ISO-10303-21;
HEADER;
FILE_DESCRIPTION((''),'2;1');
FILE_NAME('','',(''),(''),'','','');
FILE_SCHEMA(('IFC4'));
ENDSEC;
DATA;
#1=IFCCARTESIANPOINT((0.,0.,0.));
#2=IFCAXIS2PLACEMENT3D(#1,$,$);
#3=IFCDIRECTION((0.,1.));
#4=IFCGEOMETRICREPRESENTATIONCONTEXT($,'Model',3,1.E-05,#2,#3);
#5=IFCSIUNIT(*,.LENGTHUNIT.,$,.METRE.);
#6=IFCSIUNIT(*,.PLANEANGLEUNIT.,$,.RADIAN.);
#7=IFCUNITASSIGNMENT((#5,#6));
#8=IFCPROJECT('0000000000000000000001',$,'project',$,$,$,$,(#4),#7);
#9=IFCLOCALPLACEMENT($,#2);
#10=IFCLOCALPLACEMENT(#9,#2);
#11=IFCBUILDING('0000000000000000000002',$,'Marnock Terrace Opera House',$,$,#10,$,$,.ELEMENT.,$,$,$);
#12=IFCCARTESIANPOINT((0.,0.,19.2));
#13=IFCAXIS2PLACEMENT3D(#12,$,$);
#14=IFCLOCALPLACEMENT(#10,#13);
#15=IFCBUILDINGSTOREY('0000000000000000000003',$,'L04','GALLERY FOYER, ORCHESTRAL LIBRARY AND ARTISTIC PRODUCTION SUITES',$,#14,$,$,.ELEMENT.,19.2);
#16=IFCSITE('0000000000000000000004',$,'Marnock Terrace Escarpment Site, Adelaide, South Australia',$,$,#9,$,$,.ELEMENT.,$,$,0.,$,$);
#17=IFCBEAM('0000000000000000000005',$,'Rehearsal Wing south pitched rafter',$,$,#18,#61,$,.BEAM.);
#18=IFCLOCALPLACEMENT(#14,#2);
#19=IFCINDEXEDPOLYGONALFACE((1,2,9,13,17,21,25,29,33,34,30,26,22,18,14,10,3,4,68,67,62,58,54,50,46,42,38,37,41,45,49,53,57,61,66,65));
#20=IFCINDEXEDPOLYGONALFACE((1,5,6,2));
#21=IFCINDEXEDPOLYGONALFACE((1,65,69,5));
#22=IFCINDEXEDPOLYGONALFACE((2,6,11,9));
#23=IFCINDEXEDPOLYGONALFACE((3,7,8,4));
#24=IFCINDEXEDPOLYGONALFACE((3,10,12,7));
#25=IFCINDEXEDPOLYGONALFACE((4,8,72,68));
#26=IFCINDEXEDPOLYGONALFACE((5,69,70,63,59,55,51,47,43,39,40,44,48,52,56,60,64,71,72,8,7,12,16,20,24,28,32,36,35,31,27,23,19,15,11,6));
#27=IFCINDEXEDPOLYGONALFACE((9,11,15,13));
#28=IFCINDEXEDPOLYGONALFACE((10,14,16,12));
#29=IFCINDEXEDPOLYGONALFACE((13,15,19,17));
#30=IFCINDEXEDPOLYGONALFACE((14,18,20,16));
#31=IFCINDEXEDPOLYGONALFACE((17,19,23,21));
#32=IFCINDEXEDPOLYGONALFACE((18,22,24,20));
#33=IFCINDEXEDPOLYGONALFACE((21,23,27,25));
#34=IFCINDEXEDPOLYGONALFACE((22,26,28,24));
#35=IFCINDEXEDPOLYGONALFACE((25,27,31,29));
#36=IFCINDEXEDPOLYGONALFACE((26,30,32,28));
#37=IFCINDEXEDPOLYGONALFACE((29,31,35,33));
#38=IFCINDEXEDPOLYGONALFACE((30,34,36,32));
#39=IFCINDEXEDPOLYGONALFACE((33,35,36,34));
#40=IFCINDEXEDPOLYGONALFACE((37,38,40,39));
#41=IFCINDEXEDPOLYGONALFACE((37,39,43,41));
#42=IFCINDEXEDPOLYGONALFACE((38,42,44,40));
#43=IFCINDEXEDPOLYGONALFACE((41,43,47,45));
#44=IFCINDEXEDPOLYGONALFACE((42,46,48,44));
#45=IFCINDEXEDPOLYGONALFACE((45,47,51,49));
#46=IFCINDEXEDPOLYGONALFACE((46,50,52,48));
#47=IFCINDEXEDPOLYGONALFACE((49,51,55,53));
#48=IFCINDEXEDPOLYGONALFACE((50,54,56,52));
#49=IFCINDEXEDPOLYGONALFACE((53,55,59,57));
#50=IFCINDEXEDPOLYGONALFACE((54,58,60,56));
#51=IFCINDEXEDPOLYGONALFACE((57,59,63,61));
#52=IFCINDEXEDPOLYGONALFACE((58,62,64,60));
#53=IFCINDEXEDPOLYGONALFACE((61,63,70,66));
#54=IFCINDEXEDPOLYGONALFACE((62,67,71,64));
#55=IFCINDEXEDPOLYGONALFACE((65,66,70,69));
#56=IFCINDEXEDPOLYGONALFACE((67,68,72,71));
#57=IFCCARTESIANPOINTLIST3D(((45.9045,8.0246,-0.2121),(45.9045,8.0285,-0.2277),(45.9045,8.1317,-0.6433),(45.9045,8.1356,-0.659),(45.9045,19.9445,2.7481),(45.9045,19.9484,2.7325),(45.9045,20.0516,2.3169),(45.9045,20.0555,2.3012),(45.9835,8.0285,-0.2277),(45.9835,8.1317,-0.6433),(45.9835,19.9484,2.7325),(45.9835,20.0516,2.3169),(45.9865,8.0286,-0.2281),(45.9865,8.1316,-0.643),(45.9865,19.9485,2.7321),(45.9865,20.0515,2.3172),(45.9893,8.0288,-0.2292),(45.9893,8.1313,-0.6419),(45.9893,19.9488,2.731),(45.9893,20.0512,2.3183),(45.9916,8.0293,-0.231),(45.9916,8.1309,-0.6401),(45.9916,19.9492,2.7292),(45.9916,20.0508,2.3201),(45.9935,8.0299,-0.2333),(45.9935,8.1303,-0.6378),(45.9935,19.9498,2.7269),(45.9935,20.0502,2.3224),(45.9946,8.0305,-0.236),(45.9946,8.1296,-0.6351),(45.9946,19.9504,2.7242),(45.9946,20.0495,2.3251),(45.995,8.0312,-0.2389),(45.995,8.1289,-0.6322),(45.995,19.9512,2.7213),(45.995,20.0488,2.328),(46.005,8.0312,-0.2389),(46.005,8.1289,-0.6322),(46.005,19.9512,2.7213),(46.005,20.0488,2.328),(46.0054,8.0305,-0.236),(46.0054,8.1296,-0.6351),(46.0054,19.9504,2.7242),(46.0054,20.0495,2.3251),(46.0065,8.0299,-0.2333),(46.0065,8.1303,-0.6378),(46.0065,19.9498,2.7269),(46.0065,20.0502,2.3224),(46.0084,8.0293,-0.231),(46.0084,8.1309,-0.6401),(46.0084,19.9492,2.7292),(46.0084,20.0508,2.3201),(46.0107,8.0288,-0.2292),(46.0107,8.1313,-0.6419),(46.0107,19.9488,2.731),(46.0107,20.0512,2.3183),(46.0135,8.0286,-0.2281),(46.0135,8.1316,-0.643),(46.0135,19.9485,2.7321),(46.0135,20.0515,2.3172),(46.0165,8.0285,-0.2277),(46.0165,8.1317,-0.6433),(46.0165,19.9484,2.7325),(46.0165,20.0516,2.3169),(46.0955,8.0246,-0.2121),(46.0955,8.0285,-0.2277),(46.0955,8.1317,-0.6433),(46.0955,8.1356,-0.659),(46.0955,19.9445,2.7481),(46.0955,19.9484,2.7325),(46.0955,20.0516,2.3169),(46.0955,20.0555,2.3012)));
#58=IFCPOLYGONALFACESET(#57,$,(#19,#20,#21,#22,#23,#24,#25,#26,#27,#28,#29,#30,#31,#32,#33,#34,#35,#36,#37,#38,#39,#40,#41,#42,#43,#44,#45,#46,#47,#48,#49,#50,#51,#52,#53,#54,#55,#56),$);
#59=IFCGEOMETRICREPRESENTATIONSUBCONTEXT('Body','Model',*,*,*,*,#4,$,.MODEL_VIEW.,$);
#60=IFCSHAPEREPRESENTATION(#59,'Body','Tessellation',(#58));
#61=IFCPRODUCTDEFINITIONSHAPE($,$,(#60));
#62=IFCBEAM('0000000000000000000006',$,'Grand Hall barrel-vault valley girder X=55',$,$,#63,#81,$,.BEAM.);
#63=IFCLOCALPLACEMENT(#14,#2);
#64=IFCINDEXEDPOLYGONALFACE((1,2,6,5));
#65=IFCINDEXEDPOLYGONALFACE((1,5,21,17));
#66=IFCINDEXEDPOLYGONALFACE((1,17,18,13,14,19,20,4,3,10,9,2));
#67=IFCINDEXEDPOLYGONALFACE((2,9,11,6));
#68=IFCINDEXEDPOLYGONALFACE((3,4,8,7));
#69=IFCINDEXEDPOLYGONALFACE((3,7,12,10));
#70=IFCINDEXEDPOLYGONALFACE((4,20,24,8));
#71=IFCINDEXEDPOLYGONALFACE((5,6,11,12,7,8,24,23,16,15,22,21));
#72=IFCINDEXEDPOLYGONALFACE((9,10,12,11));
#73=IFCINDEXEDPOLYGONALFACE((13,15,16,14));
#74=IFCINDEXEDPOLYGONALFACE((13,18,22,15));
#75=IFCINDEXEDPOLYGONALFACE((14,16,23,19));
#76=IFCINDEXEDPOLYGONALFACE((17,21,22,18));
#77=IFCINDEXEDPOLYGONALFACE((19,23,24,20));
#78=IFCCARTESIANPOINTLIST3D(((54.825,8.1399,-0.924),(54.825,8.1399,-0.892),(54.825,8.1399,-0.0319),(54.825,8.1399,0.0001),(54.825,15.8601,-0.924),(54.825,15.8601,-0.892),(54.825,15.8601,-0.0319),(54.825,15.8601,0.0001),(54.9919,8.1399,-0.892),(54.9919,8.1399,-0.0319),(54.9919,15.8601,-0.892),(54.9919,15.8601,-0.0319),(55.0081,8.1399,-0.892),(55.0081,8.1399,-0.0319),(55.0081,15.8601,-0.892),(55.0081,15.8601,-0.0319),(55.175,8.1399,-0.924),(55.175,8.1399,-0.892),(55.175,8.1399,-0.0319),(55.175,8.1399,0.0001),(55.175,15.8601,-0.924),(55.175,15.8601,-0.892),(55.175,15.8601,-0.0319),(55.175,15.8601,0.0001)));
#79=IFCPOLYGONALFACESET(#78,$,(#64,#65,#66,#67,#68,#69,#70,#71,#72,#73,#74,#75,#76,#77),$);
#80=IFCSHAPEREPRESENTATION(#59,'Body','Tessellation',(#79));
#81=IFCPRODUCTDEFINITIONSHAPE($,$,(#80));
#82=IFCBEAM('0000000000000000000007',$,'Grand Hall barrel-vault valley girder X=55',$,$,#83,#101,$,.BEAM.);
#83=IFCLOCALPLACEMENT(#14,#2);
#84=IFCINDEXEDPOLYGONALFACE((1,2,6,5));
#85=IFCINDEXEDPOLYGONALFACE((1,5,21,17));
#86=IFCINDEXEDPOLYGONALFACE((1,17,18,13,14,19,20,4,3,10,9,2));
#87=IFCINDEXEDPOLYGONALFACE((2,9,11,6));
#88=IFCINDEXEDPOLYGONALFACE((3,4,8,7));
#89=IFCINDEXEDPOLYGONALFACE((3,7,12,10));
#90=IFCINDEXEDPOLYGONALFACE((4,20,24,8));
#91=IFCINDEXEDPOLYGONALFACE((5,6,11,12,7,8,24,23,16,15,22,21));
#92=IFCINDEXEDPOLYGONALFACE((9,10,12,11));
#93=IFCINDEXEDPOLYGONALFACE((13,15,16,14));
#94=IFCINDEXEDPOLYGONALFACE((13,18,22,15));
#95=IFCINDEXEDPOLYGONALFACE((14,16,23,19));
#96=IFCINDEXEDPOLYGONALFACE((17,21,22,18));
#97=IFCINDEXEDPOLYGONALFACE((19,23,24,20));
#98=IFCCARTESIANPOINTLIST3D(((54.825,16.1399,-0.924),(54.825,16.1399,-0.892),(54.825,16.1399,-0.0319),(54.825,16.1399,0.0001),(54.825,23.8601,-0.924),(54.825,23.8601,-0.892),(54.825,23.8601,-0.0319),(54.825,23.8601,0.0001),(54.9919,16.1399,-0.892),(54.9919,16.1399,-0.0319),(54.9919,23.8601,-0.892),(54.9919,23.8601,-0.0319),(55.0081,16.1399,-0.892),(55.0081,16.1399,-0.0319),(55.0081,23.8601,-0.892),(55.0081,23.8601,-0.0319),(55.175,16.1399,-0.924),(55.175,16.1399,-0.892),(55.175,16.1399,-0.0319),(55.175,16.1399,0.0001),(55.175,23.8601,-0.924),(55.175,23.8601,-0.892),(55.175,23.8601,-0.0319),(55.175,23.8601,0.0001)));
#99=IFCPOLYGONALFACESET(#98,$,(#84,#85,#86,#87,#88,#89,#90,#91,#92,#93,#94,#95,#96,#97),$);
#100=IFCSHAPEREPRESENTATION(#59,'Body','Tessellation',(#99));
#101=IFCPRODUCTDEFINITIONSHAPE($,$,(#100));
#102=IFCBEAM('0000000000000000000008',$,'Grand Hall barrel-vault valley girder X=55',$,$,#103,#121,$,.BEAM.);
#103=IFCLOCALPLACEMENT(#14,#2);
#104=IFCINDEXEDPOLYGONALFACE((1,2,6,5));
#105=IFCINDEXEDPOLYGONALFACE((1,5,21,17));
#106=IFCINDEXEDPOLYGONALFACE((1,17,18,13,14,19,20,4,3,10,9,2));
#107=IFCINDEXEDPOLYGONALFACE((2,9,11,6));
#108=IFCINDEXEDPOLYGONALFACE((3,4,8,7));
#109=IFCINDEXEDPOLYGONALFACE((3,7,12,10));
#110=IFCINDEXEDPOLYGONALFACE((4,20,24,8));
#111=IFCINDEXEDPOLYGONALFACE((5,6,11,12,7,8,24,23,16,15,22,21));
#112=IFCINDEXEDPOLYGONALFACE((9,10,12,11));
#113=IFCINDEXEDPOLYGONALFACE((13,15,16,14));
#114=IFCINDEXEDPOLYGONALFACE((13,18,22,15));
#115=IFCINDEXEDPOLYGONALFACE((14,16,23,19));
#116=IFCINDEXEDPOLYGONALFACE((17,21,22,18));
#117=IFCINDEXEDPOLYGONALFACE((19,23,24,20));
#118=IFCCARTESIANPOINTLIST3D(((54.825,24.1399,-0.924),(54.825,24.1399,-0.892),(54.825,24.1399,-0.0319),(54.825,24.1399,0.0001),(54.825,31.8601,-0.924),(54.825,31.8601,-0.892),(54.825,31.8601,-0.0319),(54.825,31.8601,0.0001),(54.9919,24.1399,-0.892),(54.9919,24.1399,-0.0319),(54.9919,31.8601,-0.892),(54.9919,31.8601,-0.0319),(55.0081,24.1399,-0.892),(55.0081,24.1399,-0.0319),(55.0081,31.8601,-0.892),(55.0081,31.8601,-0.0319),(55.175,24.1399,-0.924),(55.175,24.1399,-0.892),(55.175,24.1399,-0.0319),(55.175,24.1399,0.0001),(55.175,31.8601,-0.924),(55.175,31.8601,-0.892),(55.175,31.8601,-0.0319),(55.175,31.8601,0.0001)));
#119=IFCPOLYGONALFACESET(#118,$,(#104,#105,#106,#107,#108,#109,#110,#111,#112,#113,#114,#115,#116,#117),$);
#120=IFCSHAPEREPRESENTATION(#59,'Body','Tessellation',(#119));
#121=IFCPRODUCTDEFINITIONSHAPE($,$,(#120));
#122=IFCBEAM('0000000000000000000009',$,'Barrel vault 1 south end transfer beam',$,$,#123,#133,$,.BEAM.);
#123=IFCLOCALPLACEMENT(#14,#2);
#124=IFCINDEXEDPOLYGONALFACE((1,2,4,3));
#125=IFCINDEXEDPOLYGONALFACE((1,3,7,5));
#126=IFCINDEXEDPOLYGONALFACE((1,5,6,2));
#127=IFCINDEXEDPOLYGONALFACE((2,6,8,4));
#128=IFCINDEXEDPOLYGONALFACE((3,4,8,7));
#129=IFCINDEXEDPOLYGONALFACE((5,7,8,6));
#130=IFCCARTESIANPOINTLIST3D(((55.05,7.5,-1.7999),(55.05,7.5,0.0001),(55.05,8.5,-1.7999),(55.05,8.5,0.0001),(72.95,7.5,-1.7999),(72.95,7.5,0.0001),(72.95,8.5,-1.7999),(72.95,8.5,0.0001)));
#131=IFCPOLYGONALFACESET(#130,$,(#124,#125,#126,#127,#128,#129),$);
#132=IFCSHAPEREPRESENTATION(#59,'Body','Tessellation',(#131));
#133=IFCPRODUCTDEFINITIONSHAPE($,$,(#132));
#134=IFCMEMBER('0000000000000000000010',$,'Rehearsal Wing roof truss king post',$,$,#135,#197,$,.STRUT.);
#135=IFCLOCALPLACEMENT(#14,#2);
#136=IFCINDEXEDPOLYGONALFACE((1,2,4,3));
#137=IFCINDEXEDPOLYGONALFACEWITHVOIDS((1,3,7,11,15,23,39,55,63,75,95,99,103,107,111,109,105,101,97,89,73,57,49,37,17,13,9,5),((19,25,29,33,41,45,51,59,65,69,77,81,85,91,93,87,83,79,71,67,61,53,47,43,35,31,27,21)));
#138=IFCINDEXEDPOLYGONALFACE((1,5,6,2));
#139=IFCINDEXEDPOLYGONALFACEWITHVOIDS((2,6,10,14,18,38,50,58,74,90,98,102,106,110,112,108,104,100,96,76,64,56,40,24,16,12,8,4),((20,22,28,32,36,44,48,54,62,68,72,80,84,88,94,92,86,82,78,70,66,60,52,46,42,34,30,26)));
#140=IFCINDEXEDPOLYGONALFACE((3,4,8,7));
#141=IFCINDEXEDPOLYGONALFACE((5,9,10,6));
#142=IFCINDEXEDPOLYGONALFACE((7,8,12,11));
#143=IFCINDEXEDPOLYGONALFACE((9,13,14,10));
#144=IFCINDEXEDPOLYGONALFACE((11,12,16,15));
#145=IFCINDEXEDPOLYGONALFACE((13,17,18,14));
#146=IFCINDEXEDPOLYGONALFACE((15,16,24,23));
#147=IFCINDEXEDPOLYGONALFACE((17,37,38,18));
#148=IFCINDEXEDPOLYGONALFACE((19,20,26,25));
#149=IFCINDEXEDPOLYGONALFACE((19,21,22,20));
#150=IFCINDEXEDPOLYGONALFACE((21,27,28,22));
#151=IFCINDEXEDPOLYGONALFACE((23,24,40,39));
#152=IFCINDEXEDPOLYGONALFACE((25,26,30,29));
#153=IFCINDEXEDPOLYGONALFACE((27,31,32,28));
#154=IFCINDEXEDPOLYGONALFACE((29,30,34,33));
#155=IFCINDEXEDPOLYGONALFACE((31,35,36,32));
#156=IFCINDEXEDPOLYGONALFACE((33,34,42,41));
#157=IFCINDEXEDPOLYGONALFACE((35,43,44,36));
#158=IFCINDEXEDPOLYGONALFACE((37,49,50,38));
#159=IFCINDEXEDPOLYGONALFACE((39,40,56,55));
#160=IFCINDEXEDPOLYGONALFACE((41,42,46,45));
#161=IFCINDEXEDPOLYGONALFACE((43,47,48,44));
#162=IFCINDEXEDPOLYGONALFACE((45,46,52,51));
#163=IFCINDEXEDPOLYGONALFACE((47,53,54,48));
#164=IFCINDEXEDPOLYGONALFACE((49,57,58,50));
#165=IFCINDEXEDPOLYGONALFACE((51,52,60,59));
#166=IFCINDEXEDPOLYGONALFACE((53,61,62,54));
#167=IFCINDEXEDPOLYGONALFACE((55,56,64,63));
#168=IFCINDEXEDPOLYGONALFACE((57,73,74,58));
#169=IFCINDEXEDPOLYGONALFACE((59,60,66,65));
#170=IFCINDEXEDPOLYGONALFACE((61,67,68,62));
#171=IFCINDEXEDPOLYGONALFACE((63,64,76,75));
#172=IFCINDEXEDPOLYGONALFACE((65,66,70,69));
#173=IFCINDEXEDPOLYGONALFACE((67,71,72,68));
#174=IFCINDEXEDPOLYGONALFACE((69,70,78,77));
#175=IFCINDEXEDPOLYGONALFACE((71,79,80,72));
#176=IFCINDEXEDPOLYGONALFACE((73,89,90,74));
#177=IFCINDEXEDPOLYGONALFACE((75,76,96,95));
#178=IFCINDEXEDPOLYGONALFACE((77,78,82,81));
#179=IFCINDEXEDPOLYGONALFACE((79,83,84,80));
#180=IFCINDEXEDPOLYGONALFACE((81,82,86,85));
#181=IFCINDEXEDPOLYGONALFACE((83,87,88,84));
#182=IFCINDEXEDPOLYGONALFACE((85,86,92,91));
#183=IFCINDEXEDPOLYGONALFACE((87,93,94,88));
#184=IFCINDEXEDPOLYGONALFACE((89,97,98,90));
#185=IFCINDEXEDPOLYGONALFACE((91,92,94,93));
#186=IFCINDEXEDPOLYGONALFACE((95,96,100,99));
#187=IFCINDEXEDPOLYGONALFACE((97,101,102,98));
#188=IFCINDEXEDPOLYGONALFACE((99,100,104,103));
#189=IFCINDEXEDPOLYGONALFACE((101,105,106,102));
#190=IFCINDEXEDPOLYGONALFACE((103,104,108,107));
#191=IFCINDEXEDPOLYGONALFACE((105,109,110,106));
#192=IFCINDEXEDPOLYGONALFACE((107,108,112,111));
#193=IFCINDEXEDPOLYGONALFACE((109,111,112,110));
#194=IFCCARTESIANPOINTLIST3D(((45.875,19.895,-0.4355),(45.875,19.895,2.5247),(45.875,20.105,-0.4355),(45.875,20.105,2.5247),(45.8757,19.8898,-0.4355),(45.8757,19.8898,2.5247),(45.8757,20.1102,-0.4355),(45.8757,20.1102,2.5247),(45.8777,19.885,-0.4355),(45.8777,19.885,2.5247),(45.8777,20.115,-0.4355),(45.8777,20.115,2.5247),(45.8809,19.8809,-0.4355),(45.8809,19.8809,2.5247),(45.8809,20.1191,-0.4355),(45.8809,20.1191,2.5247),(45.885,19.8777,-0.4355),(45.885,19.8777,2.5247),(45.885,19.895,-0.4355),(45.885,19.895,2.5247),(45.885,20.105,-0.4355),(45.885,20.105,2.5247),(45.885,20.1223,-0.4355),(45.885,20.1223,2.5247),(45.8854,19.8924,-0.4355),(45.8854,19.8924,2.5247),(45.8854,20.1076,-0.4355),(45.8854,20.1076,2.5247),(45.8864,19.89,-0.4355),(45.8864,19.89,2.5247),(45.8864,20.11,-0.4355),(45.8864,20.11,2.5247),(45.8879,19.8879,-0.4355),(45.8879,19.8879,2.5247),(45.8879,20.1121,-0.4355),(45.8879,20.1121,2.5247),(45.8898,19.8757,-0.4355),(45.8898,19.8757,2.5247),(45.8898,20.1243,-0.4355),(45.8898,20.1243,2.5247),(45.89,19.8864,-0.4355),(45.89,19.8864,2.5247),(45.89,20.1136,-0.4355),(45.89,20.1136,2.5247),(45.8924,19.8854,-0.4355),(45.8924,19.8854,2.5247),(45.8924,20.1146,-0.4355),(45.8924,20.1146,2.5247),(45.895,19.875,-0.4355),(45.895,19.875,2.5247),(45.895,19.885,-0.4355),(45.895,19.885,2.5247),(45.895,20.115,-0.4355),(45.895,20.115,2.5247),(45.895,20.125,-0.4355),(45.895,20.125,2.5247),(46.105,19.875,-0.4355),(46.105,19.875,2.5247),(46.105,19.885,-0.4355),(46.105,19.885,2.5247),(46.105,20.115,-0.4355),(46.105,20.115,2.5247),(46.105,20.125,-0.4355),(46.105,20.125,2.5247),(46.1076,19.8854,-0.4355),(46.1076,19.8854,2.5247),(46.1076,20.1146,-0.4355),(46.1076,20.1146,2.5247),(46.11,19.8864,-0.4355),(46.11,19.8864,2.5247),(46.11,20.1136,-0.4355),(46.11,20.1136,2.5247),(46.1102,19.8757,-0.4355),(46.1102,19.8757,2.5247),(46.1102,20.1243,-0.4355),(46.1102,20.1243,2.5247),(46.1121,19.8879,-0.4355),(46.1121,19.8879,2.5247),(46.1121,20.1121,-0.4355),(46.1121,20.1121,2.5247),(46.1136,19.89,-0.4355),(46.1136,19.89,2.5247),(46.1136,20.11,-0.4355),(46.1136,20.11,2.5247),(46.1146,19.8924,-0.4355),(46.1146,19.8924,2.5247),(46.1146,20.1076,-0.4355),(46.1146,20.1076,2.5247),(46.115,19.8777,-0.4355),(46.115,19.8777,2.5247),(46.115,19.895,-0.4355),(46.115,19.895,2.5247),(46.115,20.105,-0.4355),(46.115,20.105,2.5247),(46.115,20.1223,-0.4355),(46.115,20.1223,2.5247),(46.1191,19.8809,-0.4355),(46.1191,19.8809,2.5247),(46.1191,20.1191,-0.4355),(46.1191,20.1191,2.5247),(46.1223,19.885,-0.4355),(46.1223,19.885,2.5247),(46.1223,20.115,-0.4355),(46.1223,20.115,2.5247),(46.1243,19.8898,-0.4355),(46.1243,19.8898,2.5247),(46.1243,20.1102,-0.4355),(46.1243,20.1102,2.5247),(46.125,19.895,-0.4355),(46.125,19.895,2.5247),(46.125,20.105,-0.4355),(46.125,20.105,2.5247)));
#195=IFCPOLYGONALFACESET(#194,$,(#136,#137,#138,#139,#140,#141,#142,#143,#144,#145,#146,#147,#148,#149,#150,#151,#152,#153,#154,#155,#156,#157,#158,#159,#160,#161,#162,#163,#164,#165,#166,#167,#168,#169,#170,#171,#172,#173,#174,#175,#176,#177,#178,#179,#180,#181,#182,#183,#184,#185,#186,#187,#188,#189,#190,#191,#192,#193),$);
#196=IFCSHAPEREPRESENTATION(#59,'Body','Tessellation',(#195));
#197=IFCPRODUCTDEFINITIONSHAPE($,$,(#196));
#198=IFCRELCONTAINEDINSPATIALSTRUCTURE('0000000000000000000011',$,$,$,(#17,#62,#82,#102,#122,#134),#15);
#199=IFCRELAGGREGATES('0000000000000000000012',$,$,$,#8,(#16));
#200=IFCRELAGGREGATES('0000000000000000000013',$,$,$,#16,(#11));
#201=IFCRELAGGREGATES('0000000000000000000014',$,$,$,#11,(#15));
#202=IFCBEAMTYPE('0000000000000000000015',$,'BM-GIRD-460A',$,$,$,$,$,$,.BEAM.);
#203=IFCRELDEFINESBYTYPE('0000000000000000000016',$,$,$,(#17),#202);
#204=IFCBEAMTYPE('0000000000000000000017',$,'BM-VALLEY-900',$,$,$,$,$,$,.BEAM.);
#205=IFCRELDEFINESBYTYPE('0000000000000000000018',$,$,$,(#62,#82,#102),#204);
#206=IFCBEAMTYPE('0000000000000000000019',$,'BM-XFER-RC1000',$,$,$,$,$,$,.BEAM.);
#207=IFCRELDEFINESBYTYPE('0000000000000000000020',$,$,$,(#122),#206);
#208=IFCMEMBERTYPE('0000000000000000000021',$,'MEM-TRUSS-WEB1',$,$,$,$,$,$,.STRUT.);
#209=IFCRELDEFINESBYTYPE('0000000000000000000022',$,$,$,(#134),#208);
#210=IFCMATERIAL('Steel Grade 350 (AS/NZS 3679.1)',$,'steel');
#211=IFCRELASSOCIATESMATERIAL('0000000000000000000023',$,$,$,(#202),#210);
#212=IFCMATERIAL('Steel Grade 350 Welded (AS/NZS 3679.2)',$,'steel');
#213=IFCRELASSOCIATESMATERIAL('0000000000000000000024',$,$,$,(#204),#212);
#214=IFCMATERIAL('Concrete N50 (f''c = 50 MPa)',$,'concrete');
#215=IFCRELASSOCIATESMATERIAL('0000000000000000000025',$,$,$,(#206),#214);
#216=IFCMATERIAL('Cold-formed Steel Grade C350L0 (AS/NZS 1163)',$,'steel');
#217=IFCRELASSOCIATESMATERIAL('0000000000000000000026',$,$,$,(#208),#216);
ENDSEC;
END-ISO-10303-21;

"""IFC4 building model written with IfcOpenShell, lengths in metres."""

from ifc_helpers import new_model, si_unit, direction, frame, origin, origin_2d, place, context, subcontext, project, spatial, rectangle, hollow_rectangle, i_section, extrude, material, material_profile, profile_set, type_object, element, save


model = new_model("IFC4")

# Units and contexts
model_context = context("Model", 3, precision=1e-05, world=origin(), true_north=direction((0.0, 1.0)))
body_context = subcontext(model_context, "Body", "Model", "MODEL_VIEW")
ifc_project = project(units=[si_unit("LENGTHUNIT", "METRE"), si_unit("PLANEANGLEUNIT", "RADIAN")], contexts=[model_context])

# Site, building, storey
site_placement = place(None, origin())
site = spatial("IfcSite", under=ifc_project, at=site_placement, Name="Marnock Terrace Escarpment Site, Adelaide, South Australia", CompositionType="ELEMENT", RefElevation=0.0)
building_placement = place(site_placement, origin())
building = spatial("IfcBuilding", under=site, at=building_placement, Name="Marnock Terrace Opera House", CompositionType="ELEMENT")
storey_placement = place(building_placement, frame((0.0, 0.0, 19.2)))
storey = spatial("IfcBuildingStorey", under=building, at=storey_placement, Name="L04", Description="GALLERY FOYER, ORCHESTRAL LIBRARY AND ARTISTIC PRODUCTION SUITES", CompositionType="ELEMENT", Elevation=19.2)

# Beams
ifc_material_1 = material(Name="Steel Grade 350 (AS/NZS 3679.1)", Category="steel")
ifc_material_profile_1 = material_profile(ifc_material_1, i_section(OverallWidth=0.1909, OverallDepth=0.4604, WebThickness=0.01, FlangeThickness=0.0161, FilletRadius=0.0115, at=origin_2d()))
ifc_profile_set_1 = profile_set([ifc_material_profile_1], Name="Steel Grade 350 (AS/NZS 3679.1)")
beam_type_1 = type_object("IfcBeamType", Name="BM-GIRD-460A", PredefinedType="BEAM", material=ifc_profile_set_1)
beam_1_placement = place(storey_placement, frame((46.0, 8.0801, -0.4355), z_axis=(0.0, 0.97052, 0.24102), x_axis=(-1.0, 0.0, 0.0)))
element("IfcBeam", 1, at=beam_1_placement, inside=storey, type_object=beam_type_1, Name="Rehearsal Wing south pitched rafter", PredefinedType="BEAM", context=body_context, shape_type="SweptSolid", body=[
    extrude(i_section(OverallWidth=0.1909, OverallDepth=0.4604, WebThickness=0.01, FlangeThickness=0.0161, FilletRadius=0.0115, at=origin_2d()), origin(), (0.0, 0.0, 1.0), 12.282),
])
ifc_material_2 = material(Name="Steel Grade 350 Welded (AS/NZS 3679.2)", Category="steel")
ifc_material_profile_2 = material_profile(ifc_material_2, i_section(OverallWidth=0.3501, OverallDepth=0.9241, WebThickness=0.0161, FlangeThickness=0.032, at=origin_2d()))
ifc_profile_set_2 = profile_set([ifc_material_profile_2], Name="Steel Grade 350 Welded (AS/NZS 3679.2)")
beam_type_2 = type_object("IfcBeamType", Name="BM-VALLEY-900", PredefinedType="BEAM", material=ifc_profile_set_2)
for number, where, z_axis, x_axis, name in (
    (2, (55.0, 8.1399, -0.4619), (0.0, 1.0, 0.0), (-1.0, 0.0, 0.0), "Grand Hall barrel-vault valley girder X=55"),
    (3, (55.0, 16.1399, -0.4619), (0.0, 1.0, 0.0), (-1.0, 0.0, 0.0), "Grand Hall barrel-vault valley girder X=55"),
    (4, (55.0, 24.1399, -0.4619), (0.0, 1.0, 0.0), (-1.0, 0.0, 0.0), "Grand Hall barrel-vault valley girder X=55"),
):
    element("IfcBeam", number, at=place(storey_placement, frame(where, z_axis=z_axis, x_axis=x_axis)), inside=storey, type_object=beam_type_2, Name=name, PredefinedType="BEAM", context=body_context, shape_type="SweptSolid", body=[
        extrude(i_section(OverallWidth=0.3501, OverallDepth=0.9241, WebThickness=0.0161, FlangeThickness=0.032, at=origin_2d()), origin(), (0.0, 0.0, 1.0), 7.7202),
    ])
ifc_material_3 = material(Name="Concrete N50 (f'c = 50 MPa)", Category="concrete")
ifc_material_profile_3 = material_profile(ifc_material_3, rectangle(XDim=1.0, YDim=1.8, at=origin_2d()))
ifc_profile_set_3 = profile_set([ifc_material_profile_3], Name="Concrete N50 (f'c = 50 MPa)")
beam_type_3 = type_object("IfcBeamType", Name="BM-XFER-RC1000", PredefinedType="BEAM", material=ifc_profile_set_3)
beam_2_placement = place(storey_placement, frame((55.05, 8.0, -0.8999), z_axis=(1.0, 0.0, 0.0), x_axis=(0.0, 1.0, 0.0)))
element("IfcBeam", 5, at=beam_2_placement, inside=storey, type_object=beam_type_3, Name="Barrel vault 1 south end transfer beam", PredefinedType="BEAM", context=body_context, shape_type="SweptSolid", body=[
    extrude(rectangle(XDim=1.0, YDim=1.8, at=origin_2d()), origin(), (0.0, 0.0, 1.0), 17.8999),
])

# Member
ifc_material_4 = material(Name="Cold-formed Steel Grade C350L0 (AS/NZS 1163)", Category="steel")
ifc_material_profile_4 = material_profile(ifc_material_4, hollow_rectangle(XDim=0.25, YDim=0.25, WallThickness=0.01, InnerFilletRadius=0.01, OuterFilletRadius=0.02, at=origin_2d()))
ifc_profile_set_4 = profile_set([ifc_material_profile_4], Name="Cold-formed Steel Grade C350L0 (AS/NZS 1163)")
member_type_1 = type_object("IfcMemberType", Name="MEM-TRUSS-WEB1", PredefinedType="STRUT", material=ifc_profile_set_4)
member_1_placement = place(storey_placement, frame((46.0, 20.0, -0.4355), z_axis=(0.0, 0.0, 1.0), x_axis=(1.0, 0.0, 0.0)))
element("IfcMember", 6, at=member_1_placement, inside=storey, type_object=member_type_1, Name="Rehearsal Wing roof truss king post", PredefinedType="STRUT", context=body_context, shape_type="SweptSolid", body=[
    extrude(hollow_rectangle(XDim=0.25, YDim=0.25, WallThickness=0.01, InnerFilletRadius=0.01, OuterFilletRadius=0.02, at=origin_2d()), origin(), (0.0, 0.0, 1.0), 2.9602),
])

save(model, "model.ifc")
